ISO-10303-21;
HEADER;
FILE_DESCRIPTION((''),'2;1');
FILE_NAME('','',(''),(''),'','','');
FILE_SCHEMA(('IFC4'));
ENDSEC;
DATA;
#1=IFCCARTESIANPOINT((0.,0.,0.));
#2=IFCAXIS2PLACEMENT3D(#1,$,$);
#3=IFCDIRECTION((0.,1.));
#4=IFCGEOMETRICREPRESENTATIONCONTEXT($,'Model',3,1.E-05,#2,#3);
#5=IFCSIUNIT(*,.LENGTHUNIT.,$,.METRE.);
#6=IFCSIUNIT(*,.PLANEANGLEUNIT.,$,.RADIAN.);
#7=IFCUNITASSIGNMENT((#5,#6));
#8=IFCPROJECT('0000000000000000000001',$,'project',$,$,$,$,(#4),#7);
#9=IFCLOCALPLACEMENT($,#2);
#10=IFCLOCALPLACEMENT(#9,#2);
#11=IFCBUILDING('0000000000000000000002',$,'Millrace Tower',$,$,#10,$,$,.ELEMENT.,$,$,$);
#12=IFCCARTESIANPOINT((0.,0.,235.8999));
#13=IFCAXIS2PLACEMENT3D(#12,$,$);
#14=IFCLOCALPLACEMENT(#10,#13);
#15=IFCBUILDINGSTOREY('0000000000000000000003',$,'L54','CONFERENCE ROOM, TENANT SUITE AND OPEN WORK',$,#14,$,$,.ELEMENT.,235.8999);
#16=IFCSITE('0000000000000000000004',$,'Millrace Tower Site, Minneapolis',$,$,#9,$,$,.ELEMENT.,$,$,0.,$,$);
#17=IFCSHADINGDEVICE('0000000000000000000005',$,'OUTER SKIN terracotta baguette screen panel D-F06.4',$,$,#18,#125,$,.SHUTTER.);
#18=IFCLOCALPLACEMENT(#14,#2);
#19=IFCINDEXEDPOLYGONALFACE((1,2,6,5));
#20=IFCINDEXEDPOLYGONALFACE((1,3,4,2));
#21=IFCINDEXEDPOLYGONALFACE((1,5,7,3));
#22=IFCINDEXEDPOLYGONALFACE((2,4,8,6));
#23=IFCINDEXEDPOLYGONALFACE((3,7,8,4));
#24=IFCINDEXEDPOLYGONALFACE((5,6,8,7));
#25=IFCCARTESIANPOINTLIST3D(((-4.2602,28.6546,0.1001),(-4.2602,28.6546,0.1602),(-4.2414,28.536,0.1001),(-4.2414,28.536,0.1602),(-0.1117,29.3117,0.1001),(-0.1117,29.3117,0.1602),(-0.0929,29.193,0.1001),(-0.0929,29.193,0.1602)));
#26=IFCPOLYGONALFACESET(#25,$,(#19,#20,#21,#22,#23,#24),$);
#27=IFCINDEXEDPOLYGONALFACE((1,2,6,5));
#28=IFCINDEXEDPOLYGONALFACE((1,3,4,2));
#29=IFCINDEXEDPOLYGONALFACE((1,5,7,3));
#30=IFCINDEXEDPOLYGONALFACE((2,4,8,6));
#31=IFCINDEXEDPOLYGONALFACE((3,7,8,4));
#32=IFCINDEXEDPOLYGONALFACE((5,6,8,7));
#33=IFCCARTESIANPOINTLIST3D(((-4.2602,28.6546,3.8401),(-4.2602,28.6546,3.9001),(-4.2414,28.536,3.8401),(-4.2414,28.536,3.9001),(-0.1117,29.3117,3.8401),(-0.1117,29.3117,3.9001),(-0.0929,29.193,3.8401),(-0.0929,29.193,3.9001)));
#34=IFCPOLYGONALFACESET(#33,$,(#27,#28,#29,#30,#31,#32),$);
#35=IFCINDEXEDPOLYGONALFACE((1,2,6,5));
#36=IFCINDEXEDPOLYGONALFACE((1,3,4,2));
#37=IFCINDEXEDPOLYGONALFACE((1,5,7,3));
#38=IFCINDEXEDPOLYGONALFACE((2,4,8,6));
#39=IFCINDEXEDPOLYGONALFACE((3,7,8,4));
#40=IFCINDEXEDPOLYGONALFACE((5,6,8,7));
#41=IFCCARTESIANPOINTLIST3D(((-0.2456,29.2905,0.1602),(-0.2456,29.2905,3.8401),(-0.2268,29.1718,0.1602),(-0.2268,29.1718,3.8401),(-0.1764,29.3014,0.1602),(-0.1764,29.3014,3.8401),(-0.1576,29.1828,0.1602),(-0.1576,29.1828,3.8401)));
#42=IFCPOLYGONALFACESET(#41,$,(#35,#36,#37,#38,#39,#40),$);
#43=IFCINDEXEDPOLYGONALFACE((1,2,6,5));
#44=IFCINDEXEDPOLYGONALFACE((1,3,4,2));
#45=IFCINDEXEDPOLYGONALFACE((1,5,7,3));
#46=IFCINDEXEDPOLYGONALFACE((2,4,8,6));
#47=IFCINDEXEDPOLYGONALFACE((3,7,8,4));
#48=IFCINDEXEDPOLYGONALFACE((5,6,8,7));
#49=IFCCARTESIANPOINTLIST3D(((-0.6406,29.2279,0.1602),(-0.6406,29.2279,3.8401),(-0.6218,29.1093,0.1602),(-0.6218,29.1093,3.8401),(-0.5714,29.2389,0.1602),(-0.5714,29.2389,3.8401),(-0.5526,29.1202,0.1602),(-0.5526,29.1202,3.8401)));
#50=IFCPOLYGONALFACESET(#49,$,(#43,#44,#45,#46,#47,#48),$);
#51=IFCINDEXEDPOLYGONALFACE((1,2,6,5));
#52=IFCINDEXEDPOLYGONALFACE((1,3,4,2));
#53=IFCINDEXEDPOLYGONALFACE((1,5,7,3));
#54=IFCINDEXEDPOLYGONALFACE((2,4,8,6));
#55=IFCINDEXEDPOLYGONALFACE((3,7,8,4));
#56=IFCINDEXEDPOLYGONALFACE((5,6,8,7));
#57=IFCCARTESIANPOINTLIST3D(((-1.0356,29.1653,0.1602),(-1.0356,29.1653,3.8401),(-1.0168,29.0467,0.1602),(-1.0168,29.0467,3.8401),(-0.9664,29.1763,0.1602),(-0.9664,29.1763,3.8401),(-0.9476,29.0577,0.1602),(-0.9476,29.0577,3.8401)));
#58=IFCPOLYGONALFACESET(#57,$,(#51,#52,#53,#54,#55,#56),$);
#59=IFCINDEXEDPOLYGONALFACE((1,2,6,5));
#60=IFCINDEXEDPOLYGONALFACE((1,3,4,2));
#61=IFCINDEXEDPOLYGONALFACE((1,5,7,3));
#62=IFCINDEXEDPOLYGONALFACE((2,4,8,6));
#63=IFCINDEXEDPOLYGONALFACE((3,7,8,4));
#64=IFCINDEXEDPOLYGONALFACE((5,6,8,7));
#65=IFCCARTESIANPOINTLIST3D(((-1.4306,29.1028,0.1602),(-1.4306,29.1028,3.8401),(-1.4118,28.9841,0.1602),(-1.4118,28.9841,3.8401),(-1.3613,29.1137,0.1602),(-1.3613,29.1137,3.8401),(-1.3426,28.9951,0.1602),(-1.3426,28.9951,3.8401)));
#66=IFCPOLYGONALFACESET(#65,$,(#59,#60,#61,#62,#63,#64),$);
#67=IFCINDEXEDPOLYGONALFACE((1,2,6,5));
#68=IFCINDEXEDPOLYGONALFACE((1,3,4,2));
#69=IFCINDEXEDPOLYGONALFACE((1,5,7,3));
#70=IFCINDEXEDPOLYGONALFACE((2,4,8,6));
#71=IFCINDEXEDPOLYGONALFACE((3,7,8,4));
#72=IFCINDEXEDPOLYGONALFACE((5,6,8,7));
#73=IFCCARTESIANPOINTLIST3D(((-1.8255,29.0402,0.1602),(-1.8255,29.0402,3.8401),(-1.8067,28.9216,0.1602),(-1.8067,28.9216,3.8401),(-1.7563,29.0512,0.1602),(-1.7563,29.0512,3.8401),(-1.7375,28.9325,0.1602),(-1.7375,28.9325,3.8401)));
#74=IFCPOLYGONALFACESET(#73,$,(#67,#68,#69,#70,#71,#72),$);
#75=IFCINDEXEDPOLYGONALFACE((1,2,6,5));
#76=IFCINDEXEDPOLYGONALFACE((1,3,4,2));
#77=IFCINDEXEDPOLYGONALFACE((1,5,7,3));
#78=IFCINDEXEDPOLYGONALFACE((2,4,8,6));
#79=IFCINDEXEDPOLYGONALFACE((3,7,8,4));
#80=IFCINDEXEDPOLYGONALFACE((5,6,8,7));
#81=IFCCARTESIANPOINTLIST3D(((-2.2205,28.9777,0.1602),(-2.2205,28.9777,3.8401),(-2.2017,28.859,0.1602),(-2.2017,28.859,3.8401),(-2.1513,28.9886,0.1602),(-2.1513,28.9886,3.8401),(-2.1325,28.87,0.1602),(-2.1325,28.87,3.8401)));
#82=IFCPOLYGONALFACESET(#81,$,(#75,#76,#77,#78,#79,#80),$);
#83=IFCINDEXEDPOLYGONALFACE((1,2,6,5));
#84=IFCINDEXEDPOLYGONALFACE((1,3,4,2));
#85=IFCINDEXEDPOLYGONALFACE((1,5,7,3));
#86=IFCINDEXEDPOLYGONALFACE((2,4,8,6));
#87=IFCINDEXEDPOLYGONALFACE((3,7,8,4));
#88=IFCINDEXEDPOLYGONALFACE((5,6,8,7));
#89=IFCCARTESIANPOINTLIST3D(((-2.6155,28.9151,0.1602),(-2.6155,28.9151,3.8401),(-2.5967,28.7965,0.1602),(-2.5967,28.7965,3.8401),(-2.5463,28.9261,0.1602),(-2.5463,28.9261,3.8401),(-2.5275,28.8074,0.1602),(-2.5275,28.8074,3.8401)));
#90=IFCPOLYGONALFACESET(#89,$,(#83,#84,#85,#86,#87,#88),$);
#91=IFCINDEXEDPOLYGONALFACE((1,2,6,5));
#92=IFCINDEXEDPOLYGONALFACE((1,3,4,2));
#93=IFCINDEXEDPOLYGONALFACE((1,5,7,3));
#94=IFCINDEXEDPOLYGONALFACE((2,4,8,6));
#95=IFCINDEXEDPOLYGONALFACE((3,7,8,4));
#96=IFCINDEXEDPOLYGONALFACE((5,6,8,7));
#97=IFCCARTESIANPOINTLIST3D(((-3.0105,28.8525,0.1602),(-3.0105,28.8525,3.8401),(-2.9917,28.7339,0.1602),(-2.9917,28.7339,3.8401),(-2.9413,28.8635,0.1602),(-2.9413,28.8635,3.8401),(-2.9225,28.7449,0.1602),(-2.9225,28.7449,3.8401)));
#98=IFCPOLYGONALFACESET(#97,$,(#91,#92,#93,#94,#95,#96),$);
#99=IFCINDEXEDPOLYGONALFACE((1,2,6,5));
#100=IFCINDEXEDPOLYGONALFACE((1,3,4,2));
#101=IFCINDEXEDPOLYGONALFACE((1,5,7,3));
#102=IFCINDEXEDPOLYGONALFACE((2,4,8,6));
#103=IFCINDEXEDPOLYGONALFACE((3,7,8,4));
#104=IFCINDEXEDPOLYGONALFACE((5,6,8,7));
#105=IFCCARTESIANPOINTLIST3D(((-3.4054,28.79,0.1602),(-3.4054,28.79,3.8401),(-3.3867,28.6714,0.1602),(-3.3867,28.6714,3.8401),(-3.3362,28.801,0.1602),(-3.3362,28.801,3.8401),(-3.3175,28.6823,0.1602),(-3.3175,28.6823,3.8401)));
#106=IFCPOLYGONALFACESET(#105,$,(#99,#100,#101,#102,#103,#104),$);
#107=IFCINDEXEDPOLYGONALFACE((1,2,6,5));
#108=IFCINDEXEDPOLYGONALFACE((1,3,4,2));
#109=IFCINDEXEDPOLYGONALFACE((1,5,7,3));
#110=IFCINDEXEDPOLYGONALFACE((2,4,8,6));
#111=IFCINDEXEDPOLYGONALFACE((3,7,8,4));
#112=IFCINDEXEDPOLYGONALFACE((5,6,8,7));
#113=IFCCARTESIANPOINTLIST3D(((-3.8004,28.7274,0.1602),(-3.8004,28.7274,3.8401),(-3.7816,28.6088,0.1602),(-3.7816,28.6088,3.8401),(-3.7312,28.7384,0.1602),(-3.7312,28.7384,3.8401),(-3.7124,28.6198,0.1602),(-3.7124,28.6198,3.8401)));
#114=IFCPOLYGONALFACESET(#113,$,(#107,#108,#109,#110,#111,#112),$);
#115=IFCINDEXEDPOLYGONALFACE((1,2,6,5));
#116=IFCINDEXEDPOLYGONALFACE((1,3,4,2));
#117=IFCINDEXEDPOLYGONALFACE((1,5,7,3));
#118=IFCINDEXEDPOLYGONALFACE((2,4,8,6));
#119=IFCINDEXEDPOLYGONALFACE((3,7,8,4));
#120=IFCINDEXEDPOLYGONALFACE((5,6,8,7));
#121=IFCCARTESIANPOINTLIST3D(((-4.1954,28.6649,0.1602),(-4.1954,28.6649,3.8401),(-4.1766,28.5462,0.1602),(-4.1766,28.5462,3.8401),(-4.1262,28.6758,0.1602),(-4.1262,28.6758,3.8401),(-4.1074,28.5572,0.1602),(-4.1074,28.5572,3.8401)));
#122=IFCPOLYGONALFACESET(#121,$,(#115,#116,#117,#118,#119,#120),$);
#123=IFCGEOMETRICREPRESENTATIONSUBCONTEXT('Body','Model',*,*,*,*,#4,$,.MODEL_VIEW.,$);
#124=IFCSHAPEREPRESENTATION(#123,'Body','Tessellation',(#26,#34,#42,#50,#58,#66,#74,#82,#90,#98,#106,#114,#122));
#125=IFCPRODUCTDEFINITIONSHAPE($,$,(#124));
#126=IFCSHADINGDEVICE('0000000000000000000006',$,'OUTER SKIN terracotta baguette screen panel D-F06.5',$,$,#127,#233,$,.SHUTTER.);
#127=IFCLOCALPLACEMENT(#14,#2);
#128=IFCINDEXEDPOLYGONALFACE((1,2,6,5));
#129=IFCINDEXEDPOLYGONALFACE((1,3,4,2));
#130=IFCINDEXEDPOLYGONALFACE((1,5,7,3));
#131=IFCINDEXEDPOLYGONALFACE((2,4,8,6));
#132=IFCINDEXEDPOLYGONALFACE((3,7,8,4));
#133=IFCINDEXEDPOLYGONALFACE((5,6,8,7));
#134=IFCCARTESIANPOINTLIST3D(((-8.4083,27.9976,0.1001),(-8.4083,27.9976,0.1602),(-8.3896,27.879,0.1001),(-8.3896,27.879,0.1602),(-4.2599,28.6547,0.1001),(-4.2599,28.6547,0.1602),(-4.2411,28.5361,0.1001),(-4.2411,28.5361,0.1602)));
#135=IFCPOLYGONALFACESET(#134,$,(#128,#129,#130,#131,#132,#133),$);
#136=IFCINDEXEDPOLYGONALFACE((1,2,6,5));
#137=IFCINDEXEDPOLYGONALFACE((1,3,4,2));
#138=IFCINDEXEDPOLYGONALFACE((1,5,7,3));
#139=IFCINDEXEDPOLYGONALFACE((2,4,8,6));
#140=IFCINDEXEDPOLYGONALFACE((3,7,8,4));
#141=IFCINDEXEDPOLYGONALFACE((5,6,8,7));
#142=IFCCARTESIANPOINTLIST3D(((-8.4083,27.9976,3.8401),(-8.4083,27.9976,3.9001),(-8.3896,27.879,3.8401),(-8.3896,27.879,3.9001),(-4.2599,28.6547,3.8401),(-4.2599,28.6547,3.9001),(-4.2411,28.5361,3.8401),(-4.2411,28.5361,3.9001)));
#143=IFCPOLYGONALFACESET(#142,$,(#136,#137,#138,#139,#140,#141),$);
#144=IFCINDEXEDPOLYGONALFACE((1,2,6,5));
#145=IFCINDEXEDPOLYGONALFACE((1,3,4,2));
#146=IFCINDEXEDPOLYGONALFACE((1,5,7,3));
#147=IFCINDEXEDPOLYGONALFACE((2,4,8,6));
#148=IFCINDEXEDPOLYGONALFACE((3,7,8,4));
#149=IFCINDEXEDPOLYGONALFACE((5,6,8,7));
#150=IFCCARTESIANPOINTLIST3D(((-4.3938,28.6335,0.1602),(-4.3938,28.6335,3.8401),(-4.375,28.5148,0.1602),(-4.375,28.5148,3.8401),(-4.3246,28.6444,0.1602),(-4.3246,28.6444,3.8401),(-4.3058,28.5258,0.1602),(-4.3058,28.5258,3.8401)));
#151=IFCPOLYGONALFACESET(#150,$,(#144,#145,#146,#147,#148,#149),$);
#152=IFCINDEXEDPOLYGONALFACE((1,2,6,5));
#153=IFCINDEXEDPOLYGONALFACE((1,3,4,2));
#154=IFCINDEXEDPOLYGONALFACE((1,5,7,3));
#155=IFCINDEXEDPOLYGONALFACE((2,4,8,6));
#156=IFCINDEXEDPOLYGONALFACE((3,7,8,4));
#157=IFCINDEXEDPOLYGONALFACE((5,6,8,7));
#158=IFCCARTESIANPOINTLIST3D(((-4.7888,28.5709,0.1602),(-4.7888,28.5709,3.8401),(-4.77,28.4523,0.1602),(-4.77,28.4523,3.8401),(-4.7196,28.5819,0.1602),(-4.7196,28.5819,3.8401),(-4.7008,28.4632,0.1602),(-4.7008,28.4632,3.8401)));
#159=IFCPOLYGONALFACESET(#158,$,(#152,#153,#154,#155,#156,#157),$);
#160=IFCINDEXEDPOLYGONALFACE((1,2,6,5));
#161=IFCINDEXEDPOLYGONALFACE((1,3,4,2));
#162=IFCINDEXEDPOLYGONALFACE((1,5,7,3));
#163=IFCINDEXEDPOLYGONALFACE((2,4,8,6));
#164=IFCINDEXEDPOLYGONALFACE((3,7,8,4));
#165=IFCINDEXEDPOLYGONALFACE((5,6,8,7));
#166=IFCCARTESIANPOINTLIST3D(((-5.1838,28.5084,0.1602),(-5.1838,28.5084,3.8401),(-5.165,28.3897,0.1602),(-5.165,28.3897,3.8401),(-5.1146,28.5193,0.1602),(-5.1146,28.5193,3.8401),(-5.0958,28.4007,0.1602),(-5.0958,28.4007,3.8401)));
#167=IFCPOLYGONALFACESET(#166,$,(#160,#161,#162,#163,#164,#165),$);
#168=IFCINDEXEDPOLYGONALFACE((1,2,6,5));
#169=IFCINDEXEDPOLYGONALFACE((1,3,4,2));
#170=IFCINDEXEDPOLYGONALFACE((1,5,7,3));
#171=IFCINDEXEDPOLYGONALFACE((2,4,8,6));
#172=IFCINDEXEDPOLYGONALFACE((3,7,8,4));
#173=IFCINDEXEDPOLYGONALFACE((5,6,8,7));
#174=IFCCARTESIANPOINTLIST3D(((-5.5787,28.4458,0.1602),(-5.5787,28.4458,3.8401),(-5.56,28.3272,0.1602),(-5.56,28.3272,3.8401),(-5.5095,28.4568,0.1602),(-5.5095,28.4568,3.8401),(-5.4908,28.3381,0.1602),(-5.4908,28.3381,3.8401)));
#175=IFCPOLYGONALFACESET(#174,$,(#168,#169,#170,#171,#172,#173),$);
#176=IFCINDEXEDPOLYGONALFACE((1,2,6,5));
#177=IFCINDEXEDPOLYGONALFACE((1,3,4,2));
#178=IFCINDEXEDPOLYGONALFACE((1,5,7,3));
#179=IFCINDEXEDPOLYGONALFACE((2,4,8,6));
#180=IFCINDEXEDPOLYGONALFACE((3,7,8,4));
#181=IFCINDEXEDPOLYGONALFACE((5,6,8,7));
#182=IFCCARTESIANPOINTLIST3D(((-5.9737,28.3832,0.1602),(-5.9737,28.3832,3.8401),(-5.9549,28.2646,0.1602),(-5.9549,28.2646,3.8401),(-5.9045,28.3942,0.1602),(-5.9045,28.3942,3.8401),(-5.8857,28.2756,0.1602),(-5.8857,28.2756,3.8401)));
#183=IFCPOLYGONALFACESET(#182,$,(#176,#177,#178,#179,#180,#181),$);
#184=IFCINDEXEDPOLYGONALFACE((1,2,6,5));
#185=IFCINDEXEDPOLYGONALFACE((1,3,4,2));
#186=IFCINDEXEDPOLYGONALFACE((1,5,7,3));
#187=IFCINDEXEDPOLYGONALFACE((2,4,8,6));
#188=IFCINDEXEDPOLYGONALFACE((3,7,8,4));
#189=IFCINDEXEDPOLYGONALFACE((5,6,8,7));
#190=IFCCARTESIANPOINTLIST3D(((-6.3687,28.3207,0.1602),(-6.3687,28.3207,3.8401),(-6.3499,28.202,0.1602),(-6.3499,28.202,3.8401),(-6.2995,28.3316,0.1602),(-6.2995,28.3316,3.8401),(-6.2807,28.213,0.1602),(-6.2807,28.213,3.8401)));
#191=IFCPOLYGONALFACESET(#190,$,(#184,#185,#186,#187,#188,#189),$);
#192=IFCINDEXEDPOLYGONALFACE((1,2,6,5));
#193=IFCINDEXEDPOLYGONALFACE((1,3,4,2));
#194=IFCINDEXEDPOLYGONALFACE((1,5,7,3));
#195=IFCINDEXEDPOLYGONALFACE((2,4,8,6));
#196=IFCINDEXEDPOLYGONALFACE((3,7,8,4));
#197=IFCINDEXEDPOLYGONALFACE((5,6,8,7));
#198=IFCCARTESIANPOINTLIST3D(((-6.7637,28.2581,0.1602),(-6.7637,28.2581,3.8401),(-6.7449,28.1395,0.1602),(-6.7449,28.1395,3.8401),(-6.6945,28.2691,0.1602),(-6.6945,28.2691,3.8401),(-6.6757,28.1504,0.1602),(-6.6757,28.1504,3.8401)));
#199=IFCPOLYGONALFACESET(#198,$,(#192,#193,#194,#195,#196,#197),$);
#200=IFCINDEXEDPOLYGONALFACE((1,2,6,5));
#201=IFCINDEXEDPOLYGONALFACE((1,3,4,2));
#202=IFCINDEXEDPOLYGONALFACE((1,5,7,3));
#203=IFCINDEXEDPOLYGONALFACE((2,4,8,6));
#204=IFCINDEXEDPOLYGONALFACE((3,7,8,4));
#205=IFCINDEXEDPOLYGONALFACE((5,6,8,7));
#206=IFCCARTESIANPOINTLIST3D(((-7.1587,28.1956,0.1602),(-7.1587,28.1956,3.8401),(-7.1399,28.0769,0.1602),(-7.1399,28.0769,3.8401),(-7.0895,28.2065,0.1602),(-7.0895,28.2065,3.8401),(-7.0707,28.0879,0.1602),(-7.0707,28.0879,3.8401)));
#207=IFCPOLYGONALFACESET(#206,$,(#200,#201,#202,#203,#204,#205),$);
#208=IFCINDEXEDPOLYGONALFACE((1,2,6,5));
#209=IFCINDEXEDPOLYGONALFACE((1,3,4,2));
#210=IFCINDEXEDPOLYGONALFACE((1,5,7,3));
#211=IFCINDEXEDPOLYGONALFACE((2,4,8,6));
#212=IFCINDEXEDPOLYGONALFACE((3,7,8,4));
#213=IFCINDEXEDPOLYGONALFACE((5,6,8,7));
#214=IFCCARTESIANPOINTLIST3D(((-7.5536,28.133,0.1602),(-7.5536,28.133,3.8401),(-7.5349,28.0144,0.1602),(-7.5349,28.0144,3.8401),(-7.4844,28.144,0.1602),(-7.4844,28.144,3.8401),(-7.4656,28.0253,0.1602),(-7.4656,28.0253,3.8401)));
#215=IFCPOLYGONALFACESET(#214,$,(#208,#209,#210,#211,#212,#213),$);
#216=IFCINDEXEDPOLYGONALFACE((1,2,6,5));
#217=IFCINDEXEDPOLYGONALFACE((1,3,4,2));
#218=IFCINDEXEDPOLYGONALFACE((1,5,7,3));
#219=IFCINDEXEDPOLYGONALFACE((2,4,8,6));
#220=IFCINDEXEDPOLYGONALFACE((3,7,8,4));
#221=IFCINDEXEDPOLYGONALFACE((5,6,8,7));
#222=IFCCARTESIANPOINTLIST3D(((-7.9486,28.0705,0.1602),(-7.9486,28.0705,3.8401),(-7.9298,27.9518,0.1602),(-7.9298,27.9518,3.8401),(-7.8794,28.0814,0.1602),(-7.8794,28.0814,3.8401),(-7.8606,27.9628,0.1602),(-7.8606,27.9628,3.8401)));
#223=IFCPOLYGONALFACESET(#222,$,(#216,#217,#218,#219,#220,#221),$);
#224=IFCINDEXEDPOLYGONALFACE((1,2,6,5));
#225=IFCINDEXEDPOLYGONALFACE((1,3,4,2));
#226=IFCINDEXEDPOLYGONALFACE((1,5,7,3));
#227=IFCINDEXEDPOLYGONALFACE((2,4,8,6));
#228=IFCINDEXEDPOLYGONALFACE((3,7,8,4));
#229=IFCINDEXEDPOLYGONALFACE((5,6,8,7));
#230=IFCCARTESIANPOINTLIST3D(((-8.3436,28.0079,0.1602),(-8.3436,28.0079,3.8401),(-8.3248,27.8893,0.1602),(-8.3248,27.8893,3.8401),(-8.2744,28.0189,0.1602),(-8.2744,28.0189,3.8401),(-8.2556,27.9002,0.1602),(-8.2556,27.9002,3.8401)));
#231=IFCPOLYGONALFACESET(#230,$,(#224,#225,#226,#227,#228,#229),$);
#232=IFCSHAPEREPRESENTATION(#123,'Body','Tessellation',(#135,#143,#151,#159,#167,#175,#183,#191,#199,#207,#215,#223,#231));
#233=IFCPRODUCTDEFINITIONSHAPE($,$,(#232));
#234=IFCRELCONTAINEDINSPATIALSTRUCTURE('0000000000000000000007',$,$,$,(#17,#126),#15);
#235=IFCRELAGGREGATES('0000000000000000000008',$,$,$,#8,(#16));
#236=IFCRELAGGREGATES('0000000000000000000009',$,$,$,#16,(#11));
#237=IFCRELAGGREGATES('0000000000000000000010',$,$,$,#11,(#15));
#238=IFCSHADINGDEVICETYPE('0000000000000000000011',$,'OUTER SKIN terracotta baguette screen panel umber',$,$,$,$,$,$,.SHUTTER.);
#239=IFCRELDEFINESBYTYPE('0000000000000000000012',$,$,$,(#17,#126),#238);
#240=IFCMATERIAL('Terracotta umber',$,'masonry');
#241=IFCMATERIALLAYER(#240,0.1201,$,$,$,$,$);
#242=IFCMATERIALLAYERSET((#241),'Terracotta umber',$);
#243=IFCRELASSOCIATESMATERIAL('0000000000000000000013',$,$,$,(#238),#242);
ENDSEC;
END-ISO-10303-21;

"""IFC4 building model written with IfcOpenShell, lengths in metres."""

from ifc_helpers import new_model, entity, si_unit, direction, frame, frame_2d, origin, origin_2d, place, context, subcontext, project, spatial, rectangle, extrude, source, transform, mapped, material, layer, layer_set, type_object, element, save


model = new_model("IFC4")

# Units and contexts
model_context = context("Model", 3, precision=1e-05, world=origin(), true_north=direction((0.0, 1.0)))
body_context = subcontext(model_context, "Body", "Model", "MODEL_VIEW")
ifc_project = project(units=[si_unit("LENGTHUNIT", "METRE"), si_unit("PLANEANGLEUNIT", "RADIAN")], contexts=[model_context])

# Site, building, storey
site_placement = place(None, origin())
site = spatial("IfcSite", under=ifc_project, at=site_placement, Name="Millrace Tower Site, Minneapolis", CompositionType="ELEMENT", RefElevation=0.0)
building_placement = place(site_placement, origin())
building = spatial("IfcBuilding", under=site, at=building_placement, Name="Millrace Tower", CompositionType="ELEMENT")
storey_placement = place(building_placement, frame((0.0, 0.0, 235.8999)))
storey = spatial("IfcBuildingStorey", under=building, at=storey_placement, Name="L54", Description="CONFERENCE ROOM, TENANT SUITE AND OPEN WORK", CompositionType="ELEMENT", Elevation=235.8999)

# Shading devices
ifc_material_1 = material(Name="Terracotta umber", Category="masonry")
ifc_layer_1 = layer(ifc_material_1, 0.1201)
ifc_layer_set_1 = layer_set([ifc_layer_1], Name="Terracotta umber")
shading_device_type = type_object("IfcShadingDeviceType", Name="OUTER SKIN terracotta baguette screen panel umber", PredefinedType="SHUTTER", material=ifc_layer_set_1)
cartesian_point = entity("IfcCartesianPoint", [-2.1001, 0.0601])
shared_polyline = entity("IfcPolyline", [cartesian_point, entity("IfcCartesianPoint", [2.1001, 0.0601]), entity("IfcCartesianPoint", [2.1001, -0.0601]), entity("IfcCartesianPoint", [-2.1001, -0.0601]), cartesian_point])
shared_shape = source(origin(), body_context, "Body", "SweptSolid", [
    entity("IfcExtrudedAreaSolid", entity("IfcArbitraryClosedProfileDef", "AREA", None, shared_polyline), entity("IfcAxis2Placement3D", entity("IfcCartesianPoint", [0.0, 0.0, 0.0])), entity("IfcDirection", [0.0, 0.0, 1.0]), 0.0601),
    entity("IfcExtrudedAreaSolid", entity("IfcArbitraryClosedProfileDef", "AREA", None, shared_polyline), entity("IfcAxis2Placement3D", entity("IfcCartesianPoint", [0.0, 0.0, 3.74])), entity("IfcDirection", [0.0, 0.0, 1.0]), 0.0601),
    extrude(rectangle(XDim=0.0701, YDim=0.1201, at=frame_2d((-1.9995, 0.0))), frame((0.0, 0.0, 0.0601)), (0.0, 0.0, 1.0), 3.6799),
    extrude(rectangle(XDim=0.0701, YDim=0.1201, at=frame_2d((-1.5996, 0.0))), frame((0.0, 0.0, 0.0601)), (0.0, 0.0, 1.0), 3.6799),
    extrude(rectangle(XDim=0.0701, YDim=0.1201, at=frame_2d((-1.1997, 0.0))), frame((0.0, 0.0, 0.0601)), (0.0, 0.0, 1.0), 3.6799),
    extrude(rectangle(XDim=0.0701, YDim=0.1201, at=frame_2d((-0.7998, 0.0))), frame((0.0, 0.0, 0.0601)), (0.0, 0.0, 1.0), 3.6799),
    extrude(rectangle(XDim=0.0701, YDim=0.1201, at=frame_2d((-0.3999, 0.0))), frame((0.0, 0.0, 0.0601)), (0.0, 0.0, 1.0), 3.6799),
    extrude(rectangle(XDim=0.0701, YDim=0.1201, at=origin_2d()), frame((0.0, 0.0, 0.0601)), (0.0, 0.0, 1.0), 3.6799),
    extrude(rectangle(XDim=0.0701, YDim=0.1201, at=frame_2d((0.3999, 0.0))), frame((0.0, 0.0, 0.0601)), (0.0, 0.0, 1.0), 3.6799),
    extrude(rectangle(XDim=0.0701, YDim=0.1201, at=frame_2d((0.7998, 0.0))), frame((0.0, 0.0, 0.0601)), (0.0, 0.0, 1.0), 3.6799),
    extrude(rectangle(XDim=0.0701, YDim=0.1201, at=frame_2d((1.1997, 0.0))), frame((0.0, 0.0, 0.0601)), (0.0, 0.0, 1.0), 3.6799),
    extrude(rectangle(XDim=0.0701, YDim=0.1201, at=frame_2d((1.5996, 0.0))), frame((0.0, 0.0, 0.0601)), (0.0, 0.0, 1.0), 3.6799),
    extrude(rectangle(XDim=0.0701, YDim=0.1201, at=frame_2d((1.9995, 0.0))), frame((0.0, 0.0, 0.0601)), (0.0, 0.0, 1.0), 3.6799),
])
for number, where, z_axis, x_axis, name in (
    (1, (-2.1765, 28.9238, 0.1001), (0.0, 0.0, 1.0), (-0.987688, -0.156434, 0.0), "OUTER SKIN terracotta baguette screen panel D-F06.4"),
    (2, (-6.3247, 28.2668, 0.1001), (0.0, 0.0, 1.0), (-0.987688, -0.156434, 0.0), "OUTER SKIN terracotta baguette screen panel D-F06.5"),
):
    element("IfcShadingDevice", number, at=place(storey_placement, frame(where, z_axis=z_axis, x_axis=x_axis)), inside=storey, type_object=shading_device_type, Name=name, PredefinedType="SHUTTER", context=body_context, shape_type="MappedRepresentation", body=[
        mapped(shared_shape, transform((0.0, 0.0, 0.0), scale=1.0)),
    ])

save(model, "model.ifc")
